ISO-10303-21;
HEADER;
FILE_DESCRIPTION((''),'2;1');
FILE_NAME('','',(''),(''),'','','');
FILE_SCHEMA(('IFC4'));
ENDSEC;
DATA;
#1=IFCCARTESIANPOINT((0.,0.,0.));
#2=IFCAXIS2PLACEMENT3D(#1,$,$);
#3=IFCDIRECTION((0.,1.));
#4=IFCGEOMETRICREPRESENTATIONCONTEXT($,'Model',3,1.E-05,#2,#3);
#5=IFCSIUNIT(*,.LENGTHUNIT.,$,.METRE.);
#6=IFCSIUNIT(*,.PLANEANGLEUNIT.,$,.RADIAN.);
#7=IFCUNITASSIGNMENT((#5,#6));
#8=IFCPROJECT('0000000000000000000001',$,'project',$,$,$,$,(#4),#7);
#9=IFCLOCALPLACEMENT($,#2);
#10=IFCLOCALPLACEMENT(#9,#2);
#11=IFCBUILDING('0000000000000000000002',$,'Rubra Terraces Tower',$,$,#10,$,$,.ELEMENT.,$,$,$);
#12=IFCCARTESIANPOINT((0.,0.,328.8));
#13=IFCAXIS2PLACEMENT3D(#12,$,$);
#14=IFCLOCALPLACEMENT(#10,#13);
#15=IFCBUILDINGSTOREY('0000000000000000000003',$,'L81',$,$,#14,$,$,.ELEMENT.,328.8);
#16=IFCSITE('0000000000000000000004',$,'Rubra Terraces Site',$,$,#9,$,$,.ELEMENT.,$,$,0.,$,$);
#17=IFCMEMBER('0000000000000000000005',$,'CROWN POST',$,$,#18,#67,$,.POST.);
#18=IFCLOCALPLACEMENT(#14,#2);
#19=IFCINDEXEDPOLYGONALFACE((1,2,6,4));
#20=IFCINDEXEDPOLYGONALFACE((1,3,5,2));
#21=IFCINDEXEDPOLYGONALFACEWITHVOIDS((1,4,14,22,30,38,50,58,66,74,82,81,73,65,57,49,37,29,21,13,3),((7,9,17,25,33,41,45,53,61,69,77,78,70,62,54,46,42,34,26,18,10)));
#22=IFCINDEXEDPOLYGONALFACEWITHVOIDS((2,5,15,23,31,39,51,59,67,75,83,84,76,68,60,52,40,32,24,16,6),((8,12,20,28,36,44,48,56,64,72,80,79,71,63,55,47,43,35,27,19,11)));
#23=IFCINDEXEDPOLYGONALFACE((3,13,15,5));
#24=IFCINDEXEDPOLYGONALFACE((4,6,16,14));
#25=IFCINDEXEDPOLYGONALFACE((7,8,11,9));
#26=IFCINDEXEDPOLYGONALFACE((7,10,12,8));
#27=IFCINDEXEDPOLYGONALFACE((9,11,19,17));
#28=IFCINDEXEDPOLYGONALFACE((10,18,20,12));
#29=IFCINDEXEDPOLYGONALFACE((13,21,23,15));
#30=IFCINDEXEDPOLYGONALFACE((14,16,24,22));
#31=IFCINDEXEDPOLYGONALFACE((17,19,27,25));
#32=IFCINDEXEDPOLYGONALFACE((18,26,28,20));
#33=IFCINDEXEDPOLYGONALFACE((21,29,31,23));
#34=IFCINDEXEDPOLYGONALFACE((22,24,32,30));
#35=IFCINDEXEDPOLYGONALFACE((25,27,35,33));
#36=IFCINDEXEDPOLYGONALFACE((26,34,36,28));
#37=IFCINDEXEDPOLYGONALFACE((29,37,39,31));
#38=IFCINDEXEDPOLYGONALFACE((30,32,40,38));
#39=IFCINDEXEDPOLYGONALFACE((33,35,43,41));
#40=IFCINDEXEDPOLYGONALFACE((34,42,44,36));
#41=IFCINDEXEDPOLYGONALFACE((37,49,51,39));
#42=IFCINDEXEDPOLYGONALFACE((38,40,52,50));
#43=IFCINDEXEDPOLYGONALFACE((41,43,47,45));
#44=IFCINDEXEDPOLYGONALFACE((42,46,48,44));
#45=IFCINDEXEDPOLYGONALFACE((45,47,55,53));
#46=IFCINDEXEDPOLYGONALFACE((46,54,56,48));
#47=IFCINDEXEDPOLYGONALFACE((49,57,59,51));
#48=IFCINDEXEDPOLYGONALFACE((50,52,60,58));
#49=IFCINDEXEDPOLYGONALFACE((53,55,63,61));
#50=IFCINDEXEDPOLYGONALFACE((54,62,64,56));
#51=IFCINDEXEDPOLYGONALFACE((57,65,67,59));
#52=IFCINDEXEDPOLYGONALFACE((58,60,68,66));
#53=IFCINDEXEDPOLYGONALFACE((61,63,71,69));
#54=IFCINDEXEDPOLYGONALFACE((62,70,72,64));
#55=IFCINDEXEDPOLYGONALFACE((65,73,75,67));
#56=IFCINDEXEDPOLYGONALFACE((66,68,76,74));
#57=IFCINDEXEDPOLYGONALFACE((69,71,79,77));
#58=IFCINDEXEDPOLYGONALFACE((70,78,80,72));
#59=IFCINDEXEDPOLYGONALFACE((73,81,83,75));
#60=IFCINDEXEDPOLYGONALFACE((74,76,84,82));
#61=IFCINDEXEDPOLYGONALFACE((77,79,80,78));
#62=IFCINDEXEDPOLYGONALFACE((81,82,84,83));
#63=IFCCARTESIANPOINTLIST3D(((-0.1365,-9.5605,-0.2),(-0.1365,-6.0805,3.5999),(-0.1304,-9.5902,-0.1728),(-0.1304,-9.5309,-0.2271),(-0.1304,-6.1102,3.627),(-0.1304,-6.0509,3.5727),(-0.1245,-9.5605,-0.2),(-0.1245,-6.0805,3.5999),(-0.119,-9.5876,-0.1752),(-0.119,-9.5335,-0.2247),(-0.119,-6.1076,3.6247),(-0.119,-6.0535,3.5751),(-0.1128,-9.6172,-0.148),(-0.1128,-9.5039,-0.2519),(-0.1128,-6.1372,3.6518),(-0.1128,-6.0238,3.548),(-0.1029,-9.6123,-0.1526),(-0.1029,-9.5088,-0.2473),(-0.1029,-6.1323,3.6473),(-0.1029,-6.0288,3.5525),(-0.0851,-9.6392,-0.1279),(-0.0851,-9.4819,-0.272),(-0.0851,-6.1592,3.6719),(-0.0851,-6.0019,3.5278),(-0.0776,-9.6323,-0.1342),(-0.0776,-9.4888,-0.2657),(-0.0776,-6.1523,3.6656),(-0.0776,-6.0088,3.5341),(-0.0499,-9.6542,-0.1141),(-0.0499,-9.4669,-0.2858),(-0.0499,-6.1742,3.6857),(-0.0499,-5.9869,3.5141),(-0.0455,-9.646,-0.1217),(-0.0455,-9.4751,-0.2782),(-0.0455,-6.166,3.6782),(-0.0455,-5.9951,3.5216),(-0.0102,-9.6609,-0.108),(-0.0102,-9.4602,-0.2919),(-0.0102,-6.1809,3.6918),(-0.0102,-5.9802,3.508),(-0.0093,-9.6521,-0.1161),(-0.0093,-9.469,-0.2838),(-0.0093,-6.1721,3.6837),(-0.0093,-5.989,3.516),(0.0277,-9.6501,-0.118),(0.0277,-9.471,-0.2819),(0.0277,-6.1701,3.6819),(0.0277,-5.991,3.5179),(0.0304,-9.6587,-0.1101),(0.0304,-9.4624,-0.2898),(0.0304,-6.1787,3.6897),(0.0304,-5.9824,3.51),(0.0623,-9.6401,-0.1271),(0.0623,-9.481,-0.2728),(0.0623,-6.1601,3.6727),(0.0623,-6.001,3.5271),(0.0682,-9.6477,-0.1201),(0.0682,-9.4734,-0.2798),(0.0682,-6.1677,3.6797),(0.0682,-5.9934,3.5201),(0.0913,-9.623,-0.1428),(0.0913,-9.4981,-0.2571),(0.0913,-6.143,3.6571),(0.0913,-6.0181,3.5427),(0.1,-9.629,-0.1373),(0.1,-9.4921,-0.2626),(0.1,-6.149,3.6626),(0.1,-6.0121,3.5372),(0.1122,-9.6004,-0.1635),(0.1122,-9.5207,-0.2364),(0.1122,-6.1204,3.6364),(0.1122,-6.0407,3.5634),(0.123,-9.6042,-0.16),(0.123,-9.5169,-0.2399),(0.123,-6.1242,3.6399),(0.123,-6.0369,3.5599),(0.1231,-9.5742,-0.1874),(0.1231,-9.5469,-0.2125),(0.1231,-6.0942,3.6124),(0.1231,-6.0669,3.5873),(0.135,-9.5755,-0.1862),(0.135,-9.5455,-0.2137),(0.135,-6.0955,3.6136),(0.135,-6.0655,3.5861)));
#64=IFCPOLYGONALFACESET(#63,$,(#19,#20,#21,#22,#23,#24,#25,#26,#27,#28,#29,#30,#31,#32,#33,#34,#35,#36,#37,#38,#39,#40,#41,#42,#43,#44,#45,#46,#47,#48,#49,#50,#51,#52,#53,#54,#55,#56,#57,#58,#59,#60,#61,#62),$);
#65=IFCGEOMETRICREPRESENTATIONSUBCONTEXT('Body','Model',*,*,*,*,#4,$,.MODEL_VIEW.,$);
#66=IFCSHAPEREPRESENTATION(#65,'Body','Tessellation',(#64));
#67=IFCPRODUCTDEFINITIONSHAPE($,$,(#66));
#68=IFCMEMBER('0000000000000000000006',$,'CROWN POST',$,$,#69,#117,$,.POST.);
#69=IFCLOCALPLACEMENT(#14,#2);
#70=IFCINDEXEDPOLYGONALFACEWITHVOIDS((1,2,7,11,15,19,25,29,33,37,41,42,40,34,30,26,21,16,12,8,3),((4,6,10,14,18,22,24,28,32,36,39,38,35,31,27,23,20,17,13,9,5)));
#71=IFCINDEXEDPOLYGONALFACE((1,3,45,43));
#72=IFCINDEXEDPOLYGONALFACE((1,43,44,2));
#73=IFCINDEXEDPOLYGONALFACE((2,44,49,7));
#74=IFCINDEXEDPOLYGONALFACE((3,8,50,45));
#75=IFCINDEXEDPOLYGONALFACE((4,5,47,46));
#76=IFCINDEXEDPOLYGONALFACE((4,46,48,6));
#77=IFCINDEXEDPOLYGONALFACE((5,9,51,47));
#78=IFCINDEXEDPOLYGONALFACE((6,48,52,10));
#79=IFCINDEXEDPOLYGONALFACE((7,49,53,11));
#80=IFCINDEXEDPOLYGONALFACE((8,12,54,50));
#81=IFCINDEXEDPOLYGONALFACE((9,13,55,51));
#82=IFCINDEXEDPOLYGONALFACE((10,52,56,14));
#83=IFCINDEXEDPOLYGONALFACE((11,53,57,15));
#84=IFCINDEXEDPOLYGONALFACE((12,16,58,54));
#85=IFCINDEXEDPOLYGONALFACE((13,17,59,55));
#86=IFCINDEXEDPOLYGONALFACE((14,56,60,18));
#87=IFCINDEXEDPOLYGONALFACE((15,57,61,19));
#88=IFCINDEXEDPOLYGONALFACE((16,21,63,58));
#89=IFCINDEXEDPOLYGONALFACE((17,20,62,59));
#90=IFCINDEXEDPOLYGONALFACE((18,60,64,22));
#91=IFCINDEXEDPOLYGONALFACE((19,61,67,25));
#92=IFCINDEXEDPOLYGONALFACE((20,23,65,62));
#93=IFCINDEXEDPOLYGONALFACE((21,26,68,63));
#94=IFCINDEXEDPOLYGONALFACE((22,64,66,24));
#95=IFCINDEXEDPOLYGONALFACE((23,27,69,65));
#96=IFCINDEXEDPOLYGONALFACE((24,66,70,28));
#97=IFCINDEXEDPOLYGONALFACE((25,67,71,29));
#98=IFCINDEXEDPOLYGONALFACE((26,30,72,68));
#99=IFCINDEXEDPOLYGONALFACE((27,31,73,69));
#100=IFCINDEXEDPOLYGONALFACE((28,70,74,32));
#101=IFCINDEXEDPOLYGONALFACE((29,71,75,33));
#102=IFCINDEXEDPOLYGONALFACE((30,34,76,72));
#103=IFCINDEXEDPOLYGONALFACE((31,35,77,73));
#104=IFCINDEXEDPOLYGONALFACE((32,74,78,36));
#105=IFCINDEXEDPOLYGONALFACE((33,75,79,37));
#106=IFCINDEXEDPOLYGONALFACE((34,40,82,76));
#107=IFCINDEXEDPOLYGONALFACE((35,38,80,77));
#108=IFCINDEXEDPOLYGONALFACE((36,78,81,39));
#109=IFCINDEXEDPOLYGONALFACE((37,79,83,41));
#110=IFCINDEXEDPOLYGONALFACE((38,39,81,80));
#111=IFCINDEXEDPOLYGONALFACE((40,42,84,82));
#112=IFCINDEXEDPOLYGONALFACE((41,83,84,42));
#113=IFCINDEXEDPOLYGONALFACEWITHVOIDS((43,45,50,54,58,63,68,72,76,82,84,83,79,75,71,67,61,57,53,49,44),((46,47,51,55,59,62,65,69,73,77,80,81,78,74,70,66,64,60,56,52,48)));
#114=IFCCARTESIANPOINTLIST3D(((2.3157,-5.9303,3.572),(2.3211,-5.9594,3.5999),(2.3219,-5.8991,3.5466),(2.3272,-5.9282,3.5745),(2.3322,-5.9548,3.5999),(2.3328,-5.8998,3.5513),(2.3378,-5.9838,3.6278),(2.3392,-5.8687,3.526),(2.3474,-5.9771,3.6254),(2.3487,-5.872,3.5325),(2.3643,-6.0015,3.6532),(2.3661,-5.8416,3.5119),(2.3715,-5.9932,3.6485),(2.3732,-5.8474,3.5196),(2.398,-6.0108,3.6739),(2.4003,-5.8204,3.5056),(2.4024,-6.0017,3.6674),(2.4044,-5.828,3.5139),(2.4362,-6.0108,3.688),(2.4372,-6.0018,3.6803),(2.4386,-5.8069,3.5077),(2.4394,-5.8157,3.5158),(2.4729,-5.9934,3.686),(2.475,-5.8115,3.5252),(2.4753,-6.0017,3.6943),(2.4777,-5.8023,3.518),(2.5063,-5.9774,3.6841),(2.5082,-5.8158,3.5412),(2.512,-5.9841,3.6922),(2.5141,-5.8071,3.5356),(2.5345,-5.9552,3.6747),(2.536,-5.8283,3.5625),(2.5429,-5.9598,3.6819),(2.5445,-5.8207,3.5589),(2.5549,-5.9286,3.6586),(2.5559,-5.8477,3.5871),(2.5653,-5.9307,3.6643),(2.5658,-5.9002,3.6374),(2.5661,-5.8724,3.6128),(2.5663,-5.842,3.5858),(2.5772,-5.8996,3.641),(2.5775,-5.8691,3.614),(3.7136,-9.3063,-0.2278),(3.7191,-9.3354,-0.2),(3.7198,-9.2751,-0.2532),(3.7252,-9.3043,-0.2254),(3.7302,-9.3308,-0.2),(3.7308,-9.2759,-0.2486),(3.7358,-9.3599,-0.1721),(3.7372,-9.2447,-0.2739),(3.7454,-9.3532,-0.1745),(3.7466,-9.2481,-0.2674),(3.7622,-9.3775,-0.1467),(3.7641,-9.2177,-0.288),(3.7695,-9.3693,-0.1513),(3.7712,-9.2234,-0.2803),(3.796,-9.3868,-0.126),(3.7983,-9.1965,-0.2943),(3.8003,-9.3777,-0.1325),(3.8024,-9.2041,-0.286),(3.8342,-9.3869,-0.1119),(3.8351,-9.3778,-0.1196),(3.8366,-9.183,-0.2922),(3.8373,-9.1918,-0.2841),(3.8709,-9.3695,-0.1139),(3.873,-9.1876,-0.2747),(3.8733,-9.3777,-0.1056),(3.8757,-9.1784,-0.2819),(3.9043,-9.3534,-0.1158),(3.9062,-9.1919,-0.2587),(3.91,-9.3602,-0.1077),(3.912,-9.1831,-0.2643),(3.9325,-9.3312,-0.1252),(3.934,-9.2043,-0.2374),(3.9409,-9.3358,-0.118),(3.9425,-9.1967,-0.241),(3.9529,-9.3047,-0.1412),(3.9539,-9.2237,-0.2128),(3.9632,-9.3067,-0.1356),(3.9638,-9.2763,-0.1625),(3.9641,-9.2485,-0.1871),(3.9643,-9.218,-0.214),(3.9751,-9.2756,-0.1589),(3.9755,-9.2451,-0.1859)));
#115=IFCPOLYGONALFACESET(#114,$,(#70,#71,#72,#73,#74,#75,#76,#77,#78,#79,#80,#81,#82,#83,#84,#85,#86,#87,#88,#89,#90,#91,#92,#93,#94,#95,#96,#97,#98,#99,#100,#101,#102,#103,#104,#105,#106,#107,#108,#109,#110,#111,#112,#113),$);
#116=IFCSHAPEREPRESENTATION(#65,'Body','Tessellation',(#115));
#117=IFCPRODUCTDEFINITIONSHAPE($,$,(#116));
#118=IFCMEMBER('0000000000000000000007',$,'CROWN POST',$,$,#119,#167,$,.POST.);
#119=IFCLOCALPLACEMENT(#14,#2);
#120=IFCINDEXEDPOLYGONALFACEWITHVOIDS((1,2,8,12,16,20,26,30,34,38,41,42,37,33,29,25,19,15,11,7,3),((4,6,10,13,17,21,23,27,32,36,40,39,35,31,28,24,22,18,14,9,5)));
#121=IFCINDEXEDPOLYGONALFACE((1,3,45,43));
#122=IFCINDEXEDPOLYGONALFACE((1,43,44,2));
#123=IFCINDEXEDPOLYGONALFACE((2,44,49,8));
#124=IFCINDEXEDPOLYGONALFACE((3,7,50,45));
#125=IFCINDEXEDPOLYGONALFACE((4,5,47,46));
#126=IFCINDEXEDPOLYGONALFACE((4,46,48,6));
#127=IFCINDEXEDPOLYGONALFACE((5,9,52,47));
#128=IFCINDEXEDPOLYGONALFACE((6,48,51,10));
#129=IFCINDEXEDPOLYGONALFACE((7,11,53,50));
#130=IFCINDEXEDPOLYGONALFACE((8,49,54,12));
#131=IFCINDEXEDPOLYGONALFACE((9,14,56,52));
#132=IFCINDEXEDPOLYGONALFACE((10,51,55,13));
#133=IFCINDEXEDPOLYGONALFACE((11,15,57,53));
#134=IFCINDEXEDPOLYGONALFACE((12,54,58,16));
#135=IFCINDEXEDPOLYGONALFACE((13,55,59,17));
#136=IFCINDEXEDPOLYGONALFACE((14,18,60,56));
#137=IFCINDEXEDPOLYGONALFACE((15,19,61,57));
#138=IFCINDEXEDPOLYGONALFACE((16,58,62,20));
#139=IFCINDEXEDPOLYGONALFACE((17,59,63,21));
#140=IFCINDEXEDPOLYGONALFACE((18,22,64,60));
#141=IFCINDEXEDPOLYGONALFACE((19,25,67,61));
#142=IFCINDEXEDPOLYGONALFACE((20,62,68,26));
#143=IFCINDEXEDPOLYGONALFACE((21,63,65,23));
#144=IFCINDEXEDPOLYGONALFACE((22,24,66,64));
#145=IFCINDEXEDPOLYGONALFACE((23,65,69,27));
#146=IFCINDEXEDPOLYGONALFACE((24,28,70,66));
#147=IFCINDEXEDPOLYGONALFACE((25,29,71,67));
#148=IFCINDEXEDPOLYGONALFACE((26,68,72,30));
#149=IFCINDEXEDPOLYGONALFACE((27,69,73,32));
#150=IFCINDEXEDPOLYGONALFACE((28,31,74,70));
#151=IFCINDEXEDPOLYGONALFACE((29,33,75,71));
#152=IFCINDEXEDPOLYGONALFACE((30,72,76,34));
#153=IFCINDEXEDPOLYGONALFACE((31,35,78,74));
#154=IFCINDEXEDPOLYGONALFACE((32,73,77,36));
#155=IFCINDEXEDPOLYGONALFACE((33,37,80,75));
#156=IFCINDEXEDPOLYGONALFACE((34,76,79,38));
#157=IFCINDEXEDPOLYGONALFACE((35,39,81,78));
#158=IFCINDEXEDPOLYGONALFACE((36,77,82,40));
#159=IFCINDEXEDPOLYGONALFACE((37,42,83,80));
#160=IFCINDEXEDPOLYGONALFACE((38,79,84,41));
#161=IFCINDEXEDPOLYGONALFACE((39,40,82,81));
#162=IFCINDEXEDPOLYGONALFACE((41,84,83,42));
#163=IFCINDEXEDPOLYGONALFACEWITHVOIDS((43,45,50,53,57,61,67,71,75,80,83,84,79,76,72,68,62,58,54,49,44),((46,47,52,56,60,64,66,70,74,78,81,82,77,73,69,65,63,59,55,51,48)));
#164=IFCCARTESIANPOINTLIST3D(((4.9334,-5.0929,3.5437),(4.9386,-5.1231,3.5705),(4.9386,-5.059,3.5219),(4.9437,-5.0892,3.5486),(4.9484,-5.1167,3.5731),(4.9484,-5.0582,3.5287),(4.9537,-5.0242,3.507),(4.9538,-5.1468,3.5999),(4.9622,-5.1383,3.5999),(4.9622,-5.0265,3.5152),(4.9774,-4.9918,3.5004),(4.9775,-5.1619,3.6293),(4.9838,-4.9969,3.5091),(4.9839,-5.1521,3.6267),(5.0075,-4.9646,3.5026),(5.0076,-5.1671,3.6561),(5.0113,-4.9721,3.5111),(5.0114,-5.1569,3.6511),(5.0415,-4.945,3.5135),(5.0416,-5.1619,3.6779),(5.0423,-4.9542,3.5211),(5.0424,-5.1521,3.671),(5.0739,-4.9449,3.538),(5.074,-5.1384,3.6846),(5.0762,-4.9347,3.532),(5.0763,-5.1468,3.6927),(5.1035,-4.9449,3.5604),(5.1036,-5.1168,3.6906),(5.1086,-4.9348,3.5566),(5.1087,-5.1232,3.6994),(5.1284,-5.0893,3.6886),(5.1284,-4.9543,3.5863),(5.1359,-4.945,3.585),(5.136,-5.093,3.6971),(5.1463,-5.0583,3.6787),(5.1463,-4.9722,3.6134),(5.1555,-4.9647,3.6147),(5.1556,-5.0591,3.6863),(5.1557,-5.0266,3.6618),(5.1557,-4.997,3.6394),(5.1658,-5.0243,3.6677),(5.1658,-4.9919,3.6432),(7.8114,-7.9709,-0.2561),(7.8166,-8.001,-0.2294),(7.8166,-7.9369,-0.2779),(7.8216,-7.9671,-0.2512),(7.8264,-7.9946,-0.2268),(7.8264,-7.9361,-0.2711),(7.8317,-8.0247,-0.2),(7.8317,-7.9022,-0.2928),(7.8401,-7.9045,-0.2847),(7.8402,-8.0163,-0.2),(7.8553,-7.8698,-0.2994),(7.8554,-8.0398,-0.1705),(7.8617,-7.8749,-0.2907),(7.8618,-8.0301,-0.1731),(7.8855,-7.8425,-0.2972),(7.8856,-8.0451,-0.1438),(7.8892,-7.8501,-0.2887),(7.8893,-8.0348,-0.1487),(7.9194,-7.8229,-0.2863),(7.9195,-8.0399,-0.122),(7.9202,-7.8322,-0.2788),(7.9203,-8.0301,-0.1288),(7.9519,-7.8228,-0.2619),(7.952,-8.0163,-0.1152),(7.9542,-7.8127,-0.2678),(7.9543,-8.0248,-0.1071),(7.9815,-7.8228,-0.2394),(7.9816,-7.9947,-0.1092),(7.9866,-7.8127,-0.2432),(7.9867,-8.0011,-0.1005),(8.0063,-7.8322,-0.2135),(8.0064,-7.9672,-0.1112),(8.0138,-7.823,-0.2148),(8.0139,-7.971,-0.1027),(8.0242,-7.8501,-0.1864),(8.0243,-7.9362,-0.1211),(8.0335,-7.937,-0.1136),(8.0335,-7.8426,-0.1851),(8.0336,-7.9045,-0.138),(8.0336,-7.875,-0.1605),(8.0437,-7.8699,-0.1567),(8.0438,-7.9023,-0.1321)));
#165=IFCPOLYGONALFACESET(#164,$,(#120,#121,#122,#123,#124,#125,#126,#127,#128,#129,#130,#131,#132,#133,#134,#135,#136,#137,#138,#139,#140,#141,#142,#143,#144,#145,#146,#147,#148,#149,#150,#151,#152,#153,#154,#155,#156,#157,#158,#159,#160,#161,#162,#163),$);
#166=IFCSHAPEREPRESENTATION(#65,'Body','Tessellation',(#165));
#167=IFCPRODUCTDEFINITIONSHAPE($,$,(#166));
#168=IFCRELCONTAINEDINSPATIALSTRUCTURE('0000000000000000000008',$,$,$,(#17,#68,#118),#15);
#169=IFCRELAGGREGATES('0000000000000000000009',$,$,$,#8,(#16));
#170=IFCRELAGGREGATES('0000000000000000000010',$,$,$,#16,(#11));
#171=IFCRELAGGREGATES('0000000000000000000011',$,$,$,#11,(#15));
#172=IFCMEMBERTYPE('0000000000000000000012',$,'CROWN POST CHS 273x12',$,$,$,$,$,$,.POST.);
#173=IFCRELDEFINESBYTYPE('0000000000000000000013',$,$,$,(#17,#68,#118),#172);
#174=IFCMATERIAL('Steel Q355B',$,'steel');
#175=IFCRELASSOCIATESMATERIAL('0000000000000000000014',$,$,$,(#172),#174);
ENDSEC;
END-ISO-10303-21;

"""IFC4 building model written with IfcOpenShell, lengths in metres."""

from ifc_helpers import new_model, si_unit, direction, frame, origin, origin_2d, place, context, subcontext, project, spatial, hollow_circle, extrude, material, material_profile, profile_set, type_object, element, save


model = new_model("IFC4")

# Units and contexts
model_context = context("Model", 3, precision=1e-05, world=origin(), true_north=direction((0.0, 1.0)))
body_context = subcontext(model_context, "Body", "Model", "MODEL_VIEW")
ifc_project = project(units=[si_unit("LENGTHUNIT", "METRE"), si_unit("PLANEANGLEUNIT", "RADIAN")], contexts=[model_context])

# Site, building, storey
site_placement = place(None, origin())
site = spatial("IfcSite", under=ifc_project, at=site_placement, Name="Rubra Terraces Site", CompositionType="ELEMENT", RefElevation=0.0)
building_placement = place(site_placement, origin())
building = spatial("IfcBuilding", under=site, at=building_placement, Name="Rubra Terraces Tower", CompositionType="ELEMENT")
storey_placement = place(building_placement, frame((0.0, 0.0, 328.8)))
storey = spatial("IfcBuildingStorey", under=building, at=storey_placement, Name="L81", CompositionType="ELEMENT", Elevation=328.8)

# Members
ifc_material_1 = material(Name="Steel Q355B", Category="steel")
ifc_material_profile_1 = material_profile(ifc_material_1, hollow_circle(Radius=0.1365, WallThickness=0.012, at=origin_2d()), Name="CHS 273x12")
ifc_profile_set_1 = profile_set([ifc_material_profile_1], Name="Steel Q355B")
member_type_1 = type_object("IfcMemberType", Name="CROWN POST CHS 273x12", PredefinedType="POST", material=ifc_profile_set_1)
member_1_placement = place(storey_placement, frame((0.0, -9.5605, -0.2), z_axis=(0.0, 0.67539, 0.737461), x_axis=(-1.0, 0.0, 0.0)))
element("IfcMember", 1, at=member_1_placement, inside=storey, type_object=member_type_1, Name="CROWN POST", PredefinedType="POST", context=body_context, shape_type="SweptSolid", body=[
    extrude(hollow_circle(Radius=0.1365, WallThickness=0.012, at=origin_2d()), origin(), (0.0, 0.0, 1.0), 5.1526),
])
member_2_placement = place(storey_placement, frame((3.8452, -9.2832, -0.2), z_axis=(-0.265184, 0.640406, 0.720804), x_axis=(-0.923921, -0.382584, 0.0)))
element("IfcMember", 2, at=member_2_placement, inside=storey, type_object=member_type_1, Name="CROWN POST", PredefinedType="POST", context=body_context, shape_type="SweptSolid", body=[
    extrude(hollow_circle(Radius=0.1365, WallThickness=0.012, at=origin_2d()), origin(), (0.0, 0.0, 1.0), 5.2717),
])
member_3_placement = place(storey_placement, frame((7.9282, -7.9282, -0.2), z_axis=(-0.516862, 0.516862, 0.682427), x_axis=(-0.707107, -0.707107, 0.0)))
element("IfcMember", 3, at=member_3_placement, inside=storey, type_object=member_type_1, Name="CROWN POST", PredefinedType="POST", context=body_context, shape_type="SweptSolid", body=[
    extrude(hollow_circle(Radius=0.1365, WallThickness=0.012, at=origin_2d()), origin(), (0.0, 0.0, 1.0), 5.5681),
])

save(model, "model.ifc")
